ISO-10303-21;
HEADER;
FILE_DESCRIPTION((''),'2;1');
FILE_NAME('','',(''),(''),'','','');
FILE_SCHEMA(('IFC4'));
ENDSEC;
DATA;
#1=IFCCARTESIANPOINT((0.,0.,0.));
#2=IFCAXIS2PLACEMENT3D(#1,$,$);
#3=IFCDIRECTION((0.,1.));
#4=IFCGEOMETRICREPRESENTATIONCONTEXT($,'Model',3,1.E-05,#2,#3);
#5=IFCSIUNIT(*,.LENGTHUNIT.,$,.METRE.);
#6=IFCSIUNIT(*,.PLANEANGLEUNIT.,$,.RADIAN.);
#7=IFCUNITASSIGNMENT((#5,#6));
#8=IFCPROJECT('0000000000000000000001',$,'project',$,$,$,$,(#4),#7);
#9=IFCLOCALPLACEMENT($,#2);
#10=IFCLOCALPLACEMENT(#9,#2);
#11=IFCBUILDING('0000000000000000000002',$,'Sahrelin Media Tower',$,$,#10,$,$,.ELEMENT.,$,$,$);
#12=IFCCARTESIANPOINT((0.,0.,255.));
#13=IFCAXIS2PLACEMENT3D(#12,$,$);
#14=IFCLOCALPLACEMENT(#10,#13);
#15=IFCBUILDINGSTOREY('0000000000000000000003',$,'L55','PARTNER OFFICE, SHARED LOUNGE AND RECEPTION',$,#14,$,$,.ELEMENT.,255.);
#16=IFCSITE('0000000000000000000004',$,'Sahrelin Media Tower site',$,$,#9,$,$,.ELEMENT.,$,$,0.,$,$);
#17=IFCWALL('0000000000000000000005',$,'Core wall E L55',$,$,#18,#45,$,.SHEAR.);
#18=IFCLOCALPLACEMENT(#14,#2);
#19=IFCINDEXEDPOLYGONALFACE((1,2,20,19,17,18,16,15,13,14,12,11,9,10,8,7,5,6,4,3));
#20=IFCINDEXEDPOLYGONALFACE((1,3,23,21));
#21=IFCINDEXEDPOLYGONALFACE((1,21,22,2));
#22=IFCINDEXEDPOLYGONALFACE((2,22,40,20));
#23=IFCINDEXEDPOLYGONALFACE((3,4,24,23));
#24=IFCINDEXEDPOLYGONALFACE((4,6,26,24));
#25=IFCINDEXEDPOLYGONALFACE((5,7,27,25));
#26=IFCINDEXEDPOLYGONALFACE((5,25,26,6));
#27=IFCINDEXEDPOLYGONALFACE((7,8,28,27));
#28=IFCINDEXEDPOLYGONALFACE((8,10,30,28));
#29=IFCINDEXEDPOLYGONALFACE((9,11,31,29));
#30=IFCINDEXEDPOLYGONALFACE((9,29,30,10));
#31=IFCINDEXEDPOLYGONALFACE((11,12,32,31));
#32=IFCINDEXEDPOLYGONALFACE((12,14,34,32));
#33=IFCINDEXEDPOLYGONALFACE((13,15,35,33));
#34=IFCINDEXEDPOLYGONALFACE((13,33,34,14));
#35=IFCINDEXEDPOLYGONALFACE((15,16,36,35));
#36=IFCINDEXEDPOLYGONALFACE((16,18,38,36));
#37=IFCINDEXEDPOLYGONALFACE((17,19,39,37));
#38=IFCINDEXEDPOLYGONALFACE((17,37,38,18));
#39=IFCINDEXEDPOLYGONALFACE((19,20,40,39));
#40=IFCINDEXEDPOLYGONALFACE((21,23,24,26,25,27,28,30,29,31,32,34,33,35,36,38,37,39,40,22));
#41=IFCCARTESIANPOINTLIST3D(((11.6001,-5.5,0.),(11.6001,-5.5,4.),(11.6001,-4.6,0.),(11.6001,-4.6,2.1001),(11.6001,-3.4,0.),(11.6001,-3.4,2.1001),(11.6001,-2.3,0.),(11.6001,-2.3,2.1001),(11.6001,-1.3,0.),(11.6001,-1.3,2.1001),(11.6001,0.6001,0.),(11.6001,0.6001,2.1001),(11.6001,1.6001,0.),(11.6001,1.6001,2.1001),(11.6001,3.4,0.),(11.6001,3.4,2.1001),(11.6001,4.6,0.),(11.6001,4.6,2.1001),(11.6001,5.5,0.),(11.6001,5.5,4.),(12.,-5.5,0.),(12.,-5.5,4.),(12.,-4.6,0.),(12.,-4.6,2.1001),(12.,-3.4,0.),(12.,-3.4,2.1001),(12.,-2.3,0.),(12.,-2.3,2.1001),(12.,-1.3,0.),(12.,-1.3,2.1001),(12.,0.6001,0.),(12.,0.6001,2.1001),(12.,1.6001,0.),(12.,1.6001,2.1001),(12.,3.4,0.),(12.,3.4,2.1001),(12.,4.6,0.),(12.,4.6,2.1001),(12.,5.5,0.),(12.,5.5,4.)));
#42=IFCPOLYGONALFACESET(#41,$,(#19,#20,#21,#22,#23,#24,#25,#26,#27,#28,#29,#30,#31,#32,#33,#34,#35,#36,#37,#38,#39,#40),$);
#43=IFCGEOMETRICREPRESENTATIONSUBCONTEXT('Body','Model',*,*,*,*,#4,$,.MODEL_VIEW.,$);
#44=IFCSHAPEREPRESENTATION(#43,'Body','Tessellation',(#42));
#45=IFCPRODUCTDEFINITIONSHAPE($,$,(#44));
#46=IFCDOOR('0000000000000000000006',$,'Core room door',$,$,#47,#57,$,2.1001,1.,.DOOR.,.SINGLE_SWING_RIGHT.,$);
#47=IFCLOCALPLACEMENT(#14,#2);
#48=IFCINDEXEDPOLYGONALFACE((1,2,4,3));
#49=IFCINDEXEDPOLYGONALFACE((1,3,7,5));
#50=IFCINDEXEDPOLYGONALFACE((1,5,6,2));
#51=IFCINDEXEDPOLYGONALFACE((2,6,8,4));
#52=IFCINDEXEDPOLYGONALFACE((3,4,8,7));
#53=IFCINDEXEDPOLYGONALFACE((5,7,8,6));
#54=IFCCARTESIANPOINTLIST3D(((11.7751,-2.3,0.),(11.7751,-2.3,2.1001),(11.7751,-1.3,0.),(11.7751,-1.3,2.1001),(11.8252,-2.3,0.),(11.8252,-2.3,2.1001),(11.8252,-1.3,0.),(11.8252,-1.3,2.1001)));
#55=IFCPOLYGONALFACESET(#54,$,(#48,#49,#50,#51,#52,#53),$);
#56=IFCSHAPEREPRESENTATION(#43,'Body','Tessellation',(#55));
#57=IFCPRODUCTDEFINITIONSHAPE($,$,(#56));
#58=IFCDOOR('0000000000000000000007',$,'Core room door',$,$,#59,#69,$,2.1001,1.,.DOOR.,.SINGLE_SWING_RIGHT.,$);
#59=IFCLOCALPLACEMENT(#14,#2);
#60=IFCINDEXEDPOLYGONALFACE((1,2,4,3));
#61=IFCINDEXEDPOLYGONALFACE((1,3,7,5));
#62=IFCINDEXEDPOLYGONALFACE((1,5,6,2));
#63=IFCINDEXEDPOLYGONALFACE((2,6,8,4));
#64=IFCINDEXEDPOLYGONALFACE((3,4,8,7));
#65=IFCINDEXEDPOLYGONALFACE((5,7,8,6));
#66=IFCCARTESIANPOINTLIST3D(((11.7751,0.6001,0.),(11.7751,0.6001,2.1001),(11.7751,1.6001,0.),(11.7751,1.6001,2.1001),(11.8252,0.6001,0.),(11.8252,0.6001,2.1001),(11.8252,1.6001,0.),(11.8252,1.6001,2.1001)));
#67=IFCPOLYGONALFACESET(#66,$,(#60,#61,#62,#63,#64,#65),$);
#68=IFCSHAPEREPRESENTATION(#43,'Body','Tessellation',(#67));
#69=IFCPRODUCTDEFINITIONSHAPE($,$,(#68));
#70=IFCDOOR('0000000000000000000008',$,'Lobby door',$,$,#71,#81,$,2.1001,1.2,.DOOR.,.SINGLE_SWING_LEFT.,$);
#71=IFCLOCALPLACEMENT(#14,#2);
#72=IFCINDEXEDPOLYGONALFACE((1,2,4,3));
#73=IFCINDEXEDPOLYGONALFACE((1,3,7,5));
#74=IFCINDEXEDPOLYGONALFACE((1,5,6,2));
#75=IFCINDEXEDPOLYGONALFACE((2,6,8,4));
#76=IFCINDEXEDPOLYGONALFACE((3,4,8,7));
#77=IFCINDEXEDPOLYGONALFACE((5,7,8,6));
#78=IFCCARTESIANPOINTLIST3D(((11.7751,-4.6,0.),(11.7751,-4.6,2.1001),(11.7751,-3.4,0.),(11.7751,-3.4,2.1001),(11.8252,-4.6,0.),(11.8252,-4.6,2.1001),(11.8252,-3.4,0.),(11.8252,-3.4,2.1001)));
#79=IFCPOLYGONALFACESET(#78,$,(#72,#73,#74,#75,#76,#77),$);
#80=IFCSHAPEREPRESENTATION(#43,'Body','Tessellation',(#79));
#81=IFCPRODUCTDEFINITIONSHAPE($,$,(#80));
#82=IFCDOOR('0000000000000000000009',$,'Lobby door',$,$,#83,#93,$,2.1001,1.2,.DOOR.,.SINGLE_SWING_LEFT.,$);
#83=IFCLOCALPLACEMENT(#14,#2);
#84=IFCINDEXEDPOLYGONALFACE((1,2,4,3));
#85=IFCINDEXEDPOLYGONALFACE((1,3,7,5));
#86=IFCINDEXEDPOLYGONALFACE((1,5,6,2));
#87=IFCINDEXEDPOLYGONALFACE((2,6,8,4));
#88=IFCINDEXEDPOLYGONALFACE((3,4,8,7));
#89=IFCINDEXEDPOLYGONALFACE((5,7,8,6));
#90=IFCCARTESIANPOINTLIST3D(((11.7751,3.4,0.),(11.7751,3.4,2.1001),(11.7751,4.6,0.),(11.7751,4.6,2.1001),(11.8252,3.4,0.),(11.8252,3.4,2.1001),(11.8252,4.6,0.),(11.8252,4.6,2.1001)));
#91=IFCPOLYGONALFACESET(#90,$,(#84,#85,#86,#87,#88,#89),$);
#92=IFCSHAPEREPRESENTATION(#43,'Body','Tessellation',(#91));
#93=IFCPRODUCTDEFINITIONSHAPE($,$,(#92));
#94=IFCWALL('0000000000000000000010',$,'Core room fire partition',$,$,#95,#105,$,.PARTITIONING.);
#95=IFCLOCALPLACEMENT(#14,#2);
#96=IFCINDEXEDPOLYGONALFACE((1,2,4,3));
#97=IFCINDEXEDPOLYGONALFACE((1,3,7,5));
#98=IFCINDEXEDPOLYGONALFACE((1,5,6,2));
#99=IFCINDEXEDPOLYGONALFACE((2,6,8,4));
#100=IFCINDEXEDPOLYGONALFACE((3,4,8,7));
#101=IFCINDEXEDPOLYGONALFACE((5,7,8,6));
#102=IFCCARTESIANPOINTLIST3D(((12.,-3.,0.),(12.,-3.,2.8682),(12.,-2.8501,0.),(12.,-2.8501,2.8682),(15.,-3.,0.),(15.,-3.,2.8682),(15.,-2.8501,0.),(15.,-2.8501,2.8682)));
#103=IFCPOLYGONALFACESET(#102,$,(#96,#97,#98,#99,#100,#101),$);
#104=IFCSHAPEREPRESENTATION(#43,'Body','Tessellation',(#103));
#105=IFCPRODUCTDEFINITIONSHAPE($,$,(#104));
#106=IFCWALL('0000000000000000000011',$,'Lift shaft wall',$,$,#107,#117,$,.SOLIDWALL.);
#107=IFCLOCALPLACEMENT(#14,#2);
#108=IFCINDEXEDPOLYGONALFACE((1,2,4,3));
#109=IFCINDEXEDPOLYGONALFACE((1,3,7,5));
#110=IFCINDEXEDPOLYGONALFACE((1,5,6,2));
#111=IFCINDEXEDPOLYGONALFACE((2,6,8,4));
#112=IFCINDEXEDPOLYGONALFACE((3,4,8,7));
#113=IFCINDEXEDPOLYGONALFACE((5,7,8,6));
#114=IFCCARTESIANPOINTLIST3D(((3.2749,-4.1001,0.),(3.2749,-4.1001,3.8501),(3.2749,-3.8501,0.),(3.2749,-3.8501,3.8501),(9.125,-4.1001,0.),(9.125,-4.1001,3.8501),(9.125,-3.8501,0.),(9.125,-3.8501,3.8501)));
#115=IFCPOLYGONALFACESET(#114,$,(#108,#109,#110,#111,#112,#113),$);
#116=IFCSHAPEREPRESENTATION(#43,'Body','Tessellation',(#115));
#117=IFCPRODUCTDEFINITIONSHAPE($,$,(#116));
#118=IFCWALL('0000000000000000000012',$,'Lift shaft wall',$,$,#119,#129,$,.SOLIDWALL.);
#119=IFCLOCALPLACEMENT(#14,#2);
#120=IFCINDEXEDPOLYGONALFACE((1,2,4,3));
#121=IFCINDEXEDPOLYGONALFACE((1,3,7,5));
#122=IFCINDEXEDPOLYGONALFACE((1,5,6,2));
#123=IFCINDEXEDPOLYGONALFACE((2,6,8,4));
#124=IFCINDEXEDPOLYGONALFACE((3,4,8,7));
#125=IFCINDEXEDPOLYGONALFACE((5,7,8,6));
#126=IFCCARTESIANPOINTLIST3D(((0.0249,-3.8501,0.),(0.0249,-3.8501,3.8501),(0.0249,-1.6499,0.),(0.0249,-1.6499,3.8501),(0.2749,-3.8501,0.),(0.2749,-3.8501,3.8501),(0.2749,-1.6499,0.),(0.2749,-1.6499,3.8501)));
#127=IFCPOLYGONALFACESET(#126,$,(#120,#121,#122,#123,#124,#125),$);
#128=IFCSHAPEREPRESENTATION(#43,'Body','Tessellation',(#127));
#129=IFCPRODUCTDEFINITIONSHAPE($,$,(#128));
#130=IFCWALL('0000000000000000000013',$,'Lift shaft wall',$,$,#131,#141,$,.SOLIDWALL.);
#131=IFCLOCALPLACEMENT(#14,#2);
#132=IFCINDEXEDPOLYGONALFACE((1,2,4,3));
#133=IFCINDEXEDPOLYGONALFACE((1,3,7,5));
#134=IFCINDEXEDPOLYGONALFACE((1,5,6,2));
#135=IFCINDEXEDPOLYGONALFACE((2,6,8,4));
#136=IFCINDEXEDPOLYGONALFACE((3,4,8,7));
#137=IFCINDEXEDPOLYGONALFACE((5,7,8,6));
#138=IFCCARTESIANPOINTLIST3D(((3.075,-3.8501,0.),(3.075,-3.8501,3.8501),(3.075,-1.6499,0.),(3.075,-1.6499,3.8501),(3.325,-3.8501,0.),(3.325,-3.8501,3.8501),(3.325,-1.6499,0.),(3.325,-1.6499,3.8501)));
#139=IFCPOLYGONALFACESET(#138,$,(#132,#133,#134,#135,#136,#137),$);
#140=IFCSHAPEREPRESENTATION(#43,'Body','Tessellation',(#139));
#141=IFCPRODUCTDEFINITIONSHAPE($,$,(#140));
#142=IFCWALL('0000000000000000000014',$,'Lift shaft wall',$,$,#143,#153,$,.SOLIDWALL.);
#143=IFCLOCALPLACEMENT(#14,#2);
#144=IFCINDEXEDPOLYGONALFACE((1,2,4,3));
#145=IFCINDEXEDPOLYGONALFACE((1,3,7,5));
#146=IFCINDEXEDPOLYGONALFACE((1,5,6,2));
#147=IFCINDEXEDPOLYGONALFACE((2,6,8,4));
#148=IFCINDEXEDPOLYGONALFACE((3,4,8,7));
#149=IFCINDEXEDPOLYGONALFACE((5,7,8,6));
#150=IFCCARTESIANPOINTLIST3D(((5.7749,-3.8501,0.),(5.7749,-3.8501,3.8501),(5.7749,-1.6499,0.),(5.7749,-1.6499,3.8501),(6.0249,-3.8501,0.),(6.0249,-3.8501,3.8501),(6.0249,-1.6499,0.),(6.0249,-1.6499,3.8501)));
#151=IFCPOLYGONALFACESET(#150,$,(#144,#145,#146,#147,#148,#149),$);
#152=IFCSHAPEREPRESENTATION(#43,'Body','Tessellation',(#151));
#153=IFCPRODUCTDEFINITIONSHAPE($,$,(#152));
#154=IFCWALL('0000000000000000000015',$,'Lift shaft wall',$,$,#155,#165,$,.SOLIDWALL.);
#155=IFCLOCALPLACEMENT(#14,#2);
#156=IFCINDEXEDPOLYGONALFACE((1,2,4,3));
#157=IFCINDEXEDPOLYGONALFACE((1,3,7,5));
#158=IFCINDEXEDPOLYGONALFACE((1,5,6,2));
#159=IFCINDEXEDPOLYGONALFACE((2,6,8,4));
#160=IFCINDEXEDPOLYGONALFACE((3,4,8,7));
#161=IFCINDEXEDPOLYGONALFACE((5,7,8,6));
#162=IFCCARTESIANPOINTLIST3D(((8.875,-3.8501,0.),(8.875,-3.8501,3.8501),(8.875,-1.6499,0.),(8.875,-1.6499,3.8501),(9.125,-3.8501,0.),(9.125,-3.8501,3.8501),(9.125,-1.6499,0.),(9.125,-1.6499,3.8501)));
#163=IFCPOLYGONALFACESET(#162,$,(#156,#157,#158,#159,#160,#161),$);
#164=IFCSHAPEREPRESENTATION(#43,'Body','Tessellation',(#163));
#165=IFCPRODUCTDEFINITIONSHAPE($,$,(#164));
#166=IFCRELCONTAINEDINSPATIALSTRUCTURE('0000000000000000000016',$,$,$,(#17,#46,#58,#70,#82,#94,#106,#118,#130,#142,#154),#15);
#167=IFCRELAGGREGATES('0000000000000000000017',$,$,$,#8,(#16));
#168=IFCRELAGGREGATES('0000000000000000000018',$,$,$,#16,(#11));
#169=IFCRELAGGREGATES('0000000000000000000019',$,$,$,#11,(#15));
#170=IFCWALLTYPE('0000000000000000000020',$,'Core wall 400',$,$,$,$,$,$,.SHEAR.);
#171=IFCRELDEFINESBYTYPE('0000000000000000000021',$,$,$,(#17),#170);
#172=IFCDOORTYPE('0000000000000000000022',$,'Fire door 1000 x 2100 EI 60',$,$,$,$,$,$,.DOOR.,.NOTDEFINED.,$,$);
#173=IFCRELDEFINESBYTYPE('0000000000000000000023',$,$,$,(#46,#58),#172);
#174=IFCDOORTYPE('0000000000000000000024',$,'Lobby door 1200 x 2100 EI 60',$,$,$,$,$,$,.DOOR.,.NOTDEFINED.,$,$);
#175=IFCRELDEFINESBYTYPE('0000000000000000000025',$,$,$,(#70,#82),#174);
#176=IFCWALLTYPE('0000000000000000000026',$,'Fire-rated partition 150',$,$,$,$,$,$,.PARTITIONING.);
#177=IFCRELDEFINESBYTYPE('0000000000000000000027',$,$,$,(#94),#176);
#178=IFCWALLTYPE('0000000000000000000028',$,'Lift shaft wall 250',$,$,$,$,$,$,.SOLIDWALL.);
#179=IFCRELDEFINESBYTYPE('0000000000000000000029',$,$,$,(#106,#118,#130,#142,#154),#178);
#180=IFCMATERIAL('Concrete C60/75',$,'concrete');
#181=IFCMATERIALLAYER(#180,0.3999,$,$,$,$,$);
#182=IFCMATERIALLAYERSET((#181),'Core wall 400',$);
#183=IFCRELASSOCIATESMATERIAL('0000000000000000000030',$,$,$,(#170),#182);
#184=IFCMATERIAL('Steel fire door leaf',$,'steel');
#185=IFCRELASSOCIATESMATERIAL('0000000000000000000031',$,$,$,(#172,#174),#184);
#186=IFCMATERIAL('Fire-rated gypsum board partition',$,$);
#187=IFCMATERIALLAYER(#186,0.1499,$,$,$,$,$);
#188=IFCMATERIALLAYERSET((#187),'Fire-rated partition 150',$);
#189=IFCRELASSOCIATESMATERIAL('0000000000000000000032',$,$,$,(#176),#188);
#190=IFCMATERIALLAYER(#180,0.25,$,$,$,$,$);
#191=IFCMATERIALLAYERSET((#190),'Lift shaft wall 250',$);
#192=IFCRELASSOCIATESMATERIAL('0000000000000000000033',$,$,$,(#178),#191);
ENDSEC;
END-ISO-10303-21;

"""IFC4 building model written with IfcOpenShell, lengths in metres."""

from ifc_helpers import new_model, si_unit, direction, frame, frame_2d, origin, place, context, subcontext, project, spatial, rectangle, extrude, material, layer, layer_set, type_object, element, fill, save


model = new_model("IFC4")

# Units and contexts
model_context = context("Model", 3, precision=1e-05, world=origin(), true_north=direction((0.0, 1.0)))
body_context = subcontext(model_context, "Body", "Model", "MODEL_VIEW")
ifc_project = project(units=[si_unit("LENGTHUNIT", "METRE"), si_unit("PLANEANGLEUNIT", "RADIAN")], contexts=[model_context])

# Site, building, storey
site_placement = place(None, origin())
site = spatial("IfcSite", under=ifc_project, at=site_placement, Name="Sahrelin Media Tower site", CompositionType="ELEMENT", RefElevation=0.0)
building_placement = place(site_placement, origin())
building = spatial("IfcBuilding", under=site, at=building_placement, Name="Sahrelin Media Tower", CompositionType="ELEMENT")
storey_placement = place(building_placement, frame((0.0, 0.0, 255.0)))
storey = spatial("IfcBuildingStorey", under=building, at=storey_placement, Name="L55", Description="PARTNER OFFICE, SHARED LOUNGE AND RECEPTION", CompositionType="ELEMENT", Elevation=255.0)

# Wall, openings, doors
ifc_material_1 = material(Name="Concrete C60/75", Category="concrete")
ifc_layer_1 = layer(ifc_material_1, 0.3999)
ifc_layer_set_1 = layer_set([ifc_layer_1], Name="Core wall 400")
wall_type_1 = type_object("IfcWallType", Name="Core wall 400", PredefinedType="SHEAR", material=ifc_layer_set_1)
wall_1_placement = place(storey_placement, frame((11.8, -5.5, 0.0), z_axis=(0.0, 0.0, 1.0), x_axis=(0.0, 1.0, 0.0)))
wall_1 = element("IfcWall", 1, at=wall_1_placement, inside=storey, type_object=wall_type_1, Name="Core wall E L55", PredefinedType="SHEAR", context=body_context, shape_type="SweptSolid", body=[
    extrude(rectangle(XDim=11.0, YDim=0.3999, at=frame_2d((5.5, 0.0))), origin(), (0.0, 0.0, 1.0), 4.0),
])
opening_1_placement = place(wall_1_placement, frame((3.2, 0.0, 0.0)))
opening_1 = element("IfcOpeningElement", 2, at=opening_1_placement, cuts=wall_1, PredefinedType="OPENING", context=body_context, shape_type="SweptSolid", body=[
    extrude(rectangle(XDim=1.0, YDim=2.1001, at=frame_2d((0.5, 1.05))), frame((0.0, 0.2, 0.0), z_axis=(0.0, -1.0, 0.0), x_axis=(1.0, 0.0, 0.0)), (0.0, 0.0, 1.0), 0.3999),
])
opening_2_placement = place(wall_1_placement, frame((6.1001, 0.0, 0.0)))
opening_2 = element("IfcOpeningElement", 3, at=opening_2_placement, cuts=wall_1, PredefinedType="OPENING", context=body_context, shape_type="SweptSolid", body=[
    extrude(rectangle(XDim=1.0, YDim=2.1001, at=frame_2d((0.5, 1.05))), frame((0.0, 0.2, 0.0), z_axis=(0.0, -1.0, 0.0), x_axis=(1.0, 0.0, 0.0)), (0.0, 0.0, 1.0), 0.3999),
])
opening_3_placement = place(wall_1_placement, frame((0.8999, 0.0, 0.0)))
opening_3 = element("IfcOpeningElement", 4, at=opening_3_placement, cuts=wall_1, PredefinedType="OPENING", context=body_context, shape_type="SweptSolid", body=[
    extrude(rectangle(XDim=1.2, YDim=2.1001, at=frame_2d((0.6001, 1.05))), frame((0.0, 0.2, 0.0), z_axis=(0.0, -1.0, 0.0), x_axis=(1.0, 0.0, 0.0)), (0.0, 0.0, 1.0), 0.3999),
])
opening_4_placement = place(wall_1_placement, frame((8.8999, 0.0, 0.0)))
opening_4 = element("IfcOpeningElement", 5, at=opening_4_placement, cuts=wall_1, PredefinedType="OPENING", context=body_context, shape_type="SweptSolid", body=[
    extrude(rectangle(XDim=1.2, YDim=2.1001, at=frame_2d((0.6001, 1.05))), frame((0.0, 0.2, 0.0), z_axis=(0.0, -1.0, 0.0), x_axis=(1.0, 0.0, 0.0)), (0.0, 0.0, 1.0), 0.3999),
])
ifc_material_2 = material(Name="Steel fire door leaf", Category="steel")
door_type_1 = type_object("IfcDoorType", Name="Fire door 1000 x 2100 EI 60", OperationType="NOTDEFINED", PredefinedType="DOOR", material=ifc_material_2)
door_1_placement = place(opening_1_placement, origin())
door_1 = element("IfcDoor", 6, at=door_1_placement, inside=storey, type_object=door_type_1, Name="Core room door", OperationType="SINGLE_SWING_RIGHT", OverallHeight=2.1001, OverallWidth=1.0, PredefinedType="DOOR", context=body_context, shape_type="SweptSolid", body=[
    extrude(rectangle(XDim=1.0, YDim=2.1001, at=frame_2d((0.5, 1.05))), frame((0.0, 0.0249, 0.0), z_axis=(0.0, -1.0, 0.0), x_axis=(1.0, 0.0, 0.0)), (0.0, 0.0, 1.0), 0.05),
])
fill(opening_1, door_1)
door_2_placement = place(opening_2_placement, origin())
door_2 = element("IfcDoor", 7, at=door_2_placement, inside=storey, type_object=door_type_1, Name="Core room door", OperationType="SINGLE_SWING_RIGHT", OverallHeight=2.1001, OverallWidth=1.0, PredefinedType="DOOR", context=body_context, shape_type="SweptSolid", body=[
    extrude(rectangle(XDim=1.0, YDim=2.1001, at=frame_2d((0.5, 1.05))), frame((0.0, 0.0249, 0.0), z_axis=(0.0, -1.0, 0.0), x_axis=(1.0, 0.0, 0.0)), (0.0, 0.0, 1.0), 0.05),
])
fill(opening_2, door_2)
door_type_2 = type_object("IfcDoorType", Name="Lobby door 1200 x 2100 EI 60", OperationType="NOTDEFINED", PredefinedType="DOOR", material=ifc_material_2)
door_3_placement = place(opening_3_placement, origin())
door_3 = element("IfcDoor", 8, at=door_3_placement, inside=storey, type_object=door_type_2, Name="Lobby door", OperationType="SINGLE_SWING_LEFT", OverallHeight=2.1001, OverallWidth=1.2, PredefinedType="DOOR", context=body_context, shape_type="SweptSolid", body=[
    extrude(rectangle(XDim=1.2, YDim=2.1001, at=frame_2d((0.6001, 1.05))), frame((0.0, 0.0249, 0.0), z_axis=(0.0, -1.0, 0.0), x_axis=(1.0, 0.0, 0.0)), (0.0, 0.0, 1.0), 0.05),
])
fill(opening_3, door_3)
door_4_placement = place(opening_4_placement, origin())
door_4 = element("IfcDoor", 9, at=door_4_placement, inside=storey, type_object=door_type_2, Name="Lobby door", OperationType="SINGLE_SWING_LEFT", OverallHeight=2.1001, OverallWidth=1.2, PredefinedType="DOOR", context=body_context, shape_type="SweptSolid", body=[
    extrude(rectangle(XDim=1.2, YDim=2.1001, at=frame_2d((0.6001, 1.05))), frame((0.0, 0.0249, 0.0), z_axis=(0.0, -1.0, 0.0), x_axis=(1.0, 0.0, 0.0)), (0.0, 0.0, 1.0), 0.05),
])
fill(opening_4, door_4)

# Walls
ifc_material_3 = material(Name="Fire-rated gypsum board partition")
ifc_layer_2 = layer(ifc_material_3, 0.1499)
ifc_layer_set_2 = layer_set([ifc_layer_2], Name="Fire-rated partition 150")
wall_type_2 = type_object("IfcWallType", Name="Fire-rated partition 150", PredefinedType="PARTITIONING", material=ifc_layer_set_2)
wall_2_placement = place(storey_placement, frame((12.0, -2.925, 0.0), z_axis=(0.0, 0.0, 1.0), x_axis=(1.0, 0.0, 0.0)))
element("IfcWall", 10, at=wall_2_placement, inside=storey, type_object=wall_type_2, Name="Core room fire partition", PredefinedType="PARTITIONING", context=body_context, shape_type="SweptSolid", body=[
    extrude(rectangle(XDim=3.0, YDim=0.1499, at=frame_2d((1.5, 0.0))), origin(), (0.0, 0.0, 1.0), 2.8682),
])
ifc_layer_3 = layer(ifc_material_1, 0.25)
ifc_layer_set_3 = layer_set([ifc_layer_3], Name="Lift shaft wall 250")
wall_type_3 = type_object("IfcWallType", Name="Lift shaft wall 250", PredefinedType="SOLIDWALL", material=ifc_layer_set_3)
wall_3_placement = place(storey_placement, frame((3.2749, -3.9751, 0.0), z_axis=(0.0, 0.0, 1.0), x_axis=(1.0, 0.0, 0.0)))
element("IfcWall", 11, at=wall_3_placement, inside=storey, type_object=wall_type_3, Name="Lift shaft wall", PredefinedType="SOLIDWALL", context=body_context, shape_type="SweptSolid", body=[
    extrude(rectangle(XDim=5.8501, YDim=0.25, at=frame_2d((2.925, 0.0))), origin(), (0.0, 0.0, 1.0), 3.8501),
])
for number, where, z_axis, x_axis, name in (
    (12, (0.1499, -3.8501, 0.0), (0.0, 0.0, 1.0), (0.0, 1.0, 0.0), "Lift shaft wall"),
    (13, (3.2, -3.8501, 0.0), (0.0, 0.0, 1.0), (0.0, 1.0, 0.0), "Lift shaft wall"),
    (14, (5.8999, -3.8501, 0.0), (0.0, 0.0, 1.0), (0.0, 1.0, 0.0), "Lift shaft wall"),
    (15, (9.0, -3.8501, 0.0), (0.0, 0.0, 1.0), (0.0, 1.0, 0.0), "Lift shaft wall"),
):
    element("IfcWall", number, at=place(storey_placement, frame(where, z_axis=z_axis, x_axis=x_axis)), inside=storey, type_object=wall_type_3, Name=name, PredefinedType="SOLIDWALL", context=body_context, shape_type="SweptSolid", body=[
        extrude(rectangle(XDim=2.2002, YDim=0.25, at=frame_2d((1.1001, 0.0))), origin(), (0.0, 0.0, 1.0), 3.8501),
    ])

save(model, "model.ifc")
